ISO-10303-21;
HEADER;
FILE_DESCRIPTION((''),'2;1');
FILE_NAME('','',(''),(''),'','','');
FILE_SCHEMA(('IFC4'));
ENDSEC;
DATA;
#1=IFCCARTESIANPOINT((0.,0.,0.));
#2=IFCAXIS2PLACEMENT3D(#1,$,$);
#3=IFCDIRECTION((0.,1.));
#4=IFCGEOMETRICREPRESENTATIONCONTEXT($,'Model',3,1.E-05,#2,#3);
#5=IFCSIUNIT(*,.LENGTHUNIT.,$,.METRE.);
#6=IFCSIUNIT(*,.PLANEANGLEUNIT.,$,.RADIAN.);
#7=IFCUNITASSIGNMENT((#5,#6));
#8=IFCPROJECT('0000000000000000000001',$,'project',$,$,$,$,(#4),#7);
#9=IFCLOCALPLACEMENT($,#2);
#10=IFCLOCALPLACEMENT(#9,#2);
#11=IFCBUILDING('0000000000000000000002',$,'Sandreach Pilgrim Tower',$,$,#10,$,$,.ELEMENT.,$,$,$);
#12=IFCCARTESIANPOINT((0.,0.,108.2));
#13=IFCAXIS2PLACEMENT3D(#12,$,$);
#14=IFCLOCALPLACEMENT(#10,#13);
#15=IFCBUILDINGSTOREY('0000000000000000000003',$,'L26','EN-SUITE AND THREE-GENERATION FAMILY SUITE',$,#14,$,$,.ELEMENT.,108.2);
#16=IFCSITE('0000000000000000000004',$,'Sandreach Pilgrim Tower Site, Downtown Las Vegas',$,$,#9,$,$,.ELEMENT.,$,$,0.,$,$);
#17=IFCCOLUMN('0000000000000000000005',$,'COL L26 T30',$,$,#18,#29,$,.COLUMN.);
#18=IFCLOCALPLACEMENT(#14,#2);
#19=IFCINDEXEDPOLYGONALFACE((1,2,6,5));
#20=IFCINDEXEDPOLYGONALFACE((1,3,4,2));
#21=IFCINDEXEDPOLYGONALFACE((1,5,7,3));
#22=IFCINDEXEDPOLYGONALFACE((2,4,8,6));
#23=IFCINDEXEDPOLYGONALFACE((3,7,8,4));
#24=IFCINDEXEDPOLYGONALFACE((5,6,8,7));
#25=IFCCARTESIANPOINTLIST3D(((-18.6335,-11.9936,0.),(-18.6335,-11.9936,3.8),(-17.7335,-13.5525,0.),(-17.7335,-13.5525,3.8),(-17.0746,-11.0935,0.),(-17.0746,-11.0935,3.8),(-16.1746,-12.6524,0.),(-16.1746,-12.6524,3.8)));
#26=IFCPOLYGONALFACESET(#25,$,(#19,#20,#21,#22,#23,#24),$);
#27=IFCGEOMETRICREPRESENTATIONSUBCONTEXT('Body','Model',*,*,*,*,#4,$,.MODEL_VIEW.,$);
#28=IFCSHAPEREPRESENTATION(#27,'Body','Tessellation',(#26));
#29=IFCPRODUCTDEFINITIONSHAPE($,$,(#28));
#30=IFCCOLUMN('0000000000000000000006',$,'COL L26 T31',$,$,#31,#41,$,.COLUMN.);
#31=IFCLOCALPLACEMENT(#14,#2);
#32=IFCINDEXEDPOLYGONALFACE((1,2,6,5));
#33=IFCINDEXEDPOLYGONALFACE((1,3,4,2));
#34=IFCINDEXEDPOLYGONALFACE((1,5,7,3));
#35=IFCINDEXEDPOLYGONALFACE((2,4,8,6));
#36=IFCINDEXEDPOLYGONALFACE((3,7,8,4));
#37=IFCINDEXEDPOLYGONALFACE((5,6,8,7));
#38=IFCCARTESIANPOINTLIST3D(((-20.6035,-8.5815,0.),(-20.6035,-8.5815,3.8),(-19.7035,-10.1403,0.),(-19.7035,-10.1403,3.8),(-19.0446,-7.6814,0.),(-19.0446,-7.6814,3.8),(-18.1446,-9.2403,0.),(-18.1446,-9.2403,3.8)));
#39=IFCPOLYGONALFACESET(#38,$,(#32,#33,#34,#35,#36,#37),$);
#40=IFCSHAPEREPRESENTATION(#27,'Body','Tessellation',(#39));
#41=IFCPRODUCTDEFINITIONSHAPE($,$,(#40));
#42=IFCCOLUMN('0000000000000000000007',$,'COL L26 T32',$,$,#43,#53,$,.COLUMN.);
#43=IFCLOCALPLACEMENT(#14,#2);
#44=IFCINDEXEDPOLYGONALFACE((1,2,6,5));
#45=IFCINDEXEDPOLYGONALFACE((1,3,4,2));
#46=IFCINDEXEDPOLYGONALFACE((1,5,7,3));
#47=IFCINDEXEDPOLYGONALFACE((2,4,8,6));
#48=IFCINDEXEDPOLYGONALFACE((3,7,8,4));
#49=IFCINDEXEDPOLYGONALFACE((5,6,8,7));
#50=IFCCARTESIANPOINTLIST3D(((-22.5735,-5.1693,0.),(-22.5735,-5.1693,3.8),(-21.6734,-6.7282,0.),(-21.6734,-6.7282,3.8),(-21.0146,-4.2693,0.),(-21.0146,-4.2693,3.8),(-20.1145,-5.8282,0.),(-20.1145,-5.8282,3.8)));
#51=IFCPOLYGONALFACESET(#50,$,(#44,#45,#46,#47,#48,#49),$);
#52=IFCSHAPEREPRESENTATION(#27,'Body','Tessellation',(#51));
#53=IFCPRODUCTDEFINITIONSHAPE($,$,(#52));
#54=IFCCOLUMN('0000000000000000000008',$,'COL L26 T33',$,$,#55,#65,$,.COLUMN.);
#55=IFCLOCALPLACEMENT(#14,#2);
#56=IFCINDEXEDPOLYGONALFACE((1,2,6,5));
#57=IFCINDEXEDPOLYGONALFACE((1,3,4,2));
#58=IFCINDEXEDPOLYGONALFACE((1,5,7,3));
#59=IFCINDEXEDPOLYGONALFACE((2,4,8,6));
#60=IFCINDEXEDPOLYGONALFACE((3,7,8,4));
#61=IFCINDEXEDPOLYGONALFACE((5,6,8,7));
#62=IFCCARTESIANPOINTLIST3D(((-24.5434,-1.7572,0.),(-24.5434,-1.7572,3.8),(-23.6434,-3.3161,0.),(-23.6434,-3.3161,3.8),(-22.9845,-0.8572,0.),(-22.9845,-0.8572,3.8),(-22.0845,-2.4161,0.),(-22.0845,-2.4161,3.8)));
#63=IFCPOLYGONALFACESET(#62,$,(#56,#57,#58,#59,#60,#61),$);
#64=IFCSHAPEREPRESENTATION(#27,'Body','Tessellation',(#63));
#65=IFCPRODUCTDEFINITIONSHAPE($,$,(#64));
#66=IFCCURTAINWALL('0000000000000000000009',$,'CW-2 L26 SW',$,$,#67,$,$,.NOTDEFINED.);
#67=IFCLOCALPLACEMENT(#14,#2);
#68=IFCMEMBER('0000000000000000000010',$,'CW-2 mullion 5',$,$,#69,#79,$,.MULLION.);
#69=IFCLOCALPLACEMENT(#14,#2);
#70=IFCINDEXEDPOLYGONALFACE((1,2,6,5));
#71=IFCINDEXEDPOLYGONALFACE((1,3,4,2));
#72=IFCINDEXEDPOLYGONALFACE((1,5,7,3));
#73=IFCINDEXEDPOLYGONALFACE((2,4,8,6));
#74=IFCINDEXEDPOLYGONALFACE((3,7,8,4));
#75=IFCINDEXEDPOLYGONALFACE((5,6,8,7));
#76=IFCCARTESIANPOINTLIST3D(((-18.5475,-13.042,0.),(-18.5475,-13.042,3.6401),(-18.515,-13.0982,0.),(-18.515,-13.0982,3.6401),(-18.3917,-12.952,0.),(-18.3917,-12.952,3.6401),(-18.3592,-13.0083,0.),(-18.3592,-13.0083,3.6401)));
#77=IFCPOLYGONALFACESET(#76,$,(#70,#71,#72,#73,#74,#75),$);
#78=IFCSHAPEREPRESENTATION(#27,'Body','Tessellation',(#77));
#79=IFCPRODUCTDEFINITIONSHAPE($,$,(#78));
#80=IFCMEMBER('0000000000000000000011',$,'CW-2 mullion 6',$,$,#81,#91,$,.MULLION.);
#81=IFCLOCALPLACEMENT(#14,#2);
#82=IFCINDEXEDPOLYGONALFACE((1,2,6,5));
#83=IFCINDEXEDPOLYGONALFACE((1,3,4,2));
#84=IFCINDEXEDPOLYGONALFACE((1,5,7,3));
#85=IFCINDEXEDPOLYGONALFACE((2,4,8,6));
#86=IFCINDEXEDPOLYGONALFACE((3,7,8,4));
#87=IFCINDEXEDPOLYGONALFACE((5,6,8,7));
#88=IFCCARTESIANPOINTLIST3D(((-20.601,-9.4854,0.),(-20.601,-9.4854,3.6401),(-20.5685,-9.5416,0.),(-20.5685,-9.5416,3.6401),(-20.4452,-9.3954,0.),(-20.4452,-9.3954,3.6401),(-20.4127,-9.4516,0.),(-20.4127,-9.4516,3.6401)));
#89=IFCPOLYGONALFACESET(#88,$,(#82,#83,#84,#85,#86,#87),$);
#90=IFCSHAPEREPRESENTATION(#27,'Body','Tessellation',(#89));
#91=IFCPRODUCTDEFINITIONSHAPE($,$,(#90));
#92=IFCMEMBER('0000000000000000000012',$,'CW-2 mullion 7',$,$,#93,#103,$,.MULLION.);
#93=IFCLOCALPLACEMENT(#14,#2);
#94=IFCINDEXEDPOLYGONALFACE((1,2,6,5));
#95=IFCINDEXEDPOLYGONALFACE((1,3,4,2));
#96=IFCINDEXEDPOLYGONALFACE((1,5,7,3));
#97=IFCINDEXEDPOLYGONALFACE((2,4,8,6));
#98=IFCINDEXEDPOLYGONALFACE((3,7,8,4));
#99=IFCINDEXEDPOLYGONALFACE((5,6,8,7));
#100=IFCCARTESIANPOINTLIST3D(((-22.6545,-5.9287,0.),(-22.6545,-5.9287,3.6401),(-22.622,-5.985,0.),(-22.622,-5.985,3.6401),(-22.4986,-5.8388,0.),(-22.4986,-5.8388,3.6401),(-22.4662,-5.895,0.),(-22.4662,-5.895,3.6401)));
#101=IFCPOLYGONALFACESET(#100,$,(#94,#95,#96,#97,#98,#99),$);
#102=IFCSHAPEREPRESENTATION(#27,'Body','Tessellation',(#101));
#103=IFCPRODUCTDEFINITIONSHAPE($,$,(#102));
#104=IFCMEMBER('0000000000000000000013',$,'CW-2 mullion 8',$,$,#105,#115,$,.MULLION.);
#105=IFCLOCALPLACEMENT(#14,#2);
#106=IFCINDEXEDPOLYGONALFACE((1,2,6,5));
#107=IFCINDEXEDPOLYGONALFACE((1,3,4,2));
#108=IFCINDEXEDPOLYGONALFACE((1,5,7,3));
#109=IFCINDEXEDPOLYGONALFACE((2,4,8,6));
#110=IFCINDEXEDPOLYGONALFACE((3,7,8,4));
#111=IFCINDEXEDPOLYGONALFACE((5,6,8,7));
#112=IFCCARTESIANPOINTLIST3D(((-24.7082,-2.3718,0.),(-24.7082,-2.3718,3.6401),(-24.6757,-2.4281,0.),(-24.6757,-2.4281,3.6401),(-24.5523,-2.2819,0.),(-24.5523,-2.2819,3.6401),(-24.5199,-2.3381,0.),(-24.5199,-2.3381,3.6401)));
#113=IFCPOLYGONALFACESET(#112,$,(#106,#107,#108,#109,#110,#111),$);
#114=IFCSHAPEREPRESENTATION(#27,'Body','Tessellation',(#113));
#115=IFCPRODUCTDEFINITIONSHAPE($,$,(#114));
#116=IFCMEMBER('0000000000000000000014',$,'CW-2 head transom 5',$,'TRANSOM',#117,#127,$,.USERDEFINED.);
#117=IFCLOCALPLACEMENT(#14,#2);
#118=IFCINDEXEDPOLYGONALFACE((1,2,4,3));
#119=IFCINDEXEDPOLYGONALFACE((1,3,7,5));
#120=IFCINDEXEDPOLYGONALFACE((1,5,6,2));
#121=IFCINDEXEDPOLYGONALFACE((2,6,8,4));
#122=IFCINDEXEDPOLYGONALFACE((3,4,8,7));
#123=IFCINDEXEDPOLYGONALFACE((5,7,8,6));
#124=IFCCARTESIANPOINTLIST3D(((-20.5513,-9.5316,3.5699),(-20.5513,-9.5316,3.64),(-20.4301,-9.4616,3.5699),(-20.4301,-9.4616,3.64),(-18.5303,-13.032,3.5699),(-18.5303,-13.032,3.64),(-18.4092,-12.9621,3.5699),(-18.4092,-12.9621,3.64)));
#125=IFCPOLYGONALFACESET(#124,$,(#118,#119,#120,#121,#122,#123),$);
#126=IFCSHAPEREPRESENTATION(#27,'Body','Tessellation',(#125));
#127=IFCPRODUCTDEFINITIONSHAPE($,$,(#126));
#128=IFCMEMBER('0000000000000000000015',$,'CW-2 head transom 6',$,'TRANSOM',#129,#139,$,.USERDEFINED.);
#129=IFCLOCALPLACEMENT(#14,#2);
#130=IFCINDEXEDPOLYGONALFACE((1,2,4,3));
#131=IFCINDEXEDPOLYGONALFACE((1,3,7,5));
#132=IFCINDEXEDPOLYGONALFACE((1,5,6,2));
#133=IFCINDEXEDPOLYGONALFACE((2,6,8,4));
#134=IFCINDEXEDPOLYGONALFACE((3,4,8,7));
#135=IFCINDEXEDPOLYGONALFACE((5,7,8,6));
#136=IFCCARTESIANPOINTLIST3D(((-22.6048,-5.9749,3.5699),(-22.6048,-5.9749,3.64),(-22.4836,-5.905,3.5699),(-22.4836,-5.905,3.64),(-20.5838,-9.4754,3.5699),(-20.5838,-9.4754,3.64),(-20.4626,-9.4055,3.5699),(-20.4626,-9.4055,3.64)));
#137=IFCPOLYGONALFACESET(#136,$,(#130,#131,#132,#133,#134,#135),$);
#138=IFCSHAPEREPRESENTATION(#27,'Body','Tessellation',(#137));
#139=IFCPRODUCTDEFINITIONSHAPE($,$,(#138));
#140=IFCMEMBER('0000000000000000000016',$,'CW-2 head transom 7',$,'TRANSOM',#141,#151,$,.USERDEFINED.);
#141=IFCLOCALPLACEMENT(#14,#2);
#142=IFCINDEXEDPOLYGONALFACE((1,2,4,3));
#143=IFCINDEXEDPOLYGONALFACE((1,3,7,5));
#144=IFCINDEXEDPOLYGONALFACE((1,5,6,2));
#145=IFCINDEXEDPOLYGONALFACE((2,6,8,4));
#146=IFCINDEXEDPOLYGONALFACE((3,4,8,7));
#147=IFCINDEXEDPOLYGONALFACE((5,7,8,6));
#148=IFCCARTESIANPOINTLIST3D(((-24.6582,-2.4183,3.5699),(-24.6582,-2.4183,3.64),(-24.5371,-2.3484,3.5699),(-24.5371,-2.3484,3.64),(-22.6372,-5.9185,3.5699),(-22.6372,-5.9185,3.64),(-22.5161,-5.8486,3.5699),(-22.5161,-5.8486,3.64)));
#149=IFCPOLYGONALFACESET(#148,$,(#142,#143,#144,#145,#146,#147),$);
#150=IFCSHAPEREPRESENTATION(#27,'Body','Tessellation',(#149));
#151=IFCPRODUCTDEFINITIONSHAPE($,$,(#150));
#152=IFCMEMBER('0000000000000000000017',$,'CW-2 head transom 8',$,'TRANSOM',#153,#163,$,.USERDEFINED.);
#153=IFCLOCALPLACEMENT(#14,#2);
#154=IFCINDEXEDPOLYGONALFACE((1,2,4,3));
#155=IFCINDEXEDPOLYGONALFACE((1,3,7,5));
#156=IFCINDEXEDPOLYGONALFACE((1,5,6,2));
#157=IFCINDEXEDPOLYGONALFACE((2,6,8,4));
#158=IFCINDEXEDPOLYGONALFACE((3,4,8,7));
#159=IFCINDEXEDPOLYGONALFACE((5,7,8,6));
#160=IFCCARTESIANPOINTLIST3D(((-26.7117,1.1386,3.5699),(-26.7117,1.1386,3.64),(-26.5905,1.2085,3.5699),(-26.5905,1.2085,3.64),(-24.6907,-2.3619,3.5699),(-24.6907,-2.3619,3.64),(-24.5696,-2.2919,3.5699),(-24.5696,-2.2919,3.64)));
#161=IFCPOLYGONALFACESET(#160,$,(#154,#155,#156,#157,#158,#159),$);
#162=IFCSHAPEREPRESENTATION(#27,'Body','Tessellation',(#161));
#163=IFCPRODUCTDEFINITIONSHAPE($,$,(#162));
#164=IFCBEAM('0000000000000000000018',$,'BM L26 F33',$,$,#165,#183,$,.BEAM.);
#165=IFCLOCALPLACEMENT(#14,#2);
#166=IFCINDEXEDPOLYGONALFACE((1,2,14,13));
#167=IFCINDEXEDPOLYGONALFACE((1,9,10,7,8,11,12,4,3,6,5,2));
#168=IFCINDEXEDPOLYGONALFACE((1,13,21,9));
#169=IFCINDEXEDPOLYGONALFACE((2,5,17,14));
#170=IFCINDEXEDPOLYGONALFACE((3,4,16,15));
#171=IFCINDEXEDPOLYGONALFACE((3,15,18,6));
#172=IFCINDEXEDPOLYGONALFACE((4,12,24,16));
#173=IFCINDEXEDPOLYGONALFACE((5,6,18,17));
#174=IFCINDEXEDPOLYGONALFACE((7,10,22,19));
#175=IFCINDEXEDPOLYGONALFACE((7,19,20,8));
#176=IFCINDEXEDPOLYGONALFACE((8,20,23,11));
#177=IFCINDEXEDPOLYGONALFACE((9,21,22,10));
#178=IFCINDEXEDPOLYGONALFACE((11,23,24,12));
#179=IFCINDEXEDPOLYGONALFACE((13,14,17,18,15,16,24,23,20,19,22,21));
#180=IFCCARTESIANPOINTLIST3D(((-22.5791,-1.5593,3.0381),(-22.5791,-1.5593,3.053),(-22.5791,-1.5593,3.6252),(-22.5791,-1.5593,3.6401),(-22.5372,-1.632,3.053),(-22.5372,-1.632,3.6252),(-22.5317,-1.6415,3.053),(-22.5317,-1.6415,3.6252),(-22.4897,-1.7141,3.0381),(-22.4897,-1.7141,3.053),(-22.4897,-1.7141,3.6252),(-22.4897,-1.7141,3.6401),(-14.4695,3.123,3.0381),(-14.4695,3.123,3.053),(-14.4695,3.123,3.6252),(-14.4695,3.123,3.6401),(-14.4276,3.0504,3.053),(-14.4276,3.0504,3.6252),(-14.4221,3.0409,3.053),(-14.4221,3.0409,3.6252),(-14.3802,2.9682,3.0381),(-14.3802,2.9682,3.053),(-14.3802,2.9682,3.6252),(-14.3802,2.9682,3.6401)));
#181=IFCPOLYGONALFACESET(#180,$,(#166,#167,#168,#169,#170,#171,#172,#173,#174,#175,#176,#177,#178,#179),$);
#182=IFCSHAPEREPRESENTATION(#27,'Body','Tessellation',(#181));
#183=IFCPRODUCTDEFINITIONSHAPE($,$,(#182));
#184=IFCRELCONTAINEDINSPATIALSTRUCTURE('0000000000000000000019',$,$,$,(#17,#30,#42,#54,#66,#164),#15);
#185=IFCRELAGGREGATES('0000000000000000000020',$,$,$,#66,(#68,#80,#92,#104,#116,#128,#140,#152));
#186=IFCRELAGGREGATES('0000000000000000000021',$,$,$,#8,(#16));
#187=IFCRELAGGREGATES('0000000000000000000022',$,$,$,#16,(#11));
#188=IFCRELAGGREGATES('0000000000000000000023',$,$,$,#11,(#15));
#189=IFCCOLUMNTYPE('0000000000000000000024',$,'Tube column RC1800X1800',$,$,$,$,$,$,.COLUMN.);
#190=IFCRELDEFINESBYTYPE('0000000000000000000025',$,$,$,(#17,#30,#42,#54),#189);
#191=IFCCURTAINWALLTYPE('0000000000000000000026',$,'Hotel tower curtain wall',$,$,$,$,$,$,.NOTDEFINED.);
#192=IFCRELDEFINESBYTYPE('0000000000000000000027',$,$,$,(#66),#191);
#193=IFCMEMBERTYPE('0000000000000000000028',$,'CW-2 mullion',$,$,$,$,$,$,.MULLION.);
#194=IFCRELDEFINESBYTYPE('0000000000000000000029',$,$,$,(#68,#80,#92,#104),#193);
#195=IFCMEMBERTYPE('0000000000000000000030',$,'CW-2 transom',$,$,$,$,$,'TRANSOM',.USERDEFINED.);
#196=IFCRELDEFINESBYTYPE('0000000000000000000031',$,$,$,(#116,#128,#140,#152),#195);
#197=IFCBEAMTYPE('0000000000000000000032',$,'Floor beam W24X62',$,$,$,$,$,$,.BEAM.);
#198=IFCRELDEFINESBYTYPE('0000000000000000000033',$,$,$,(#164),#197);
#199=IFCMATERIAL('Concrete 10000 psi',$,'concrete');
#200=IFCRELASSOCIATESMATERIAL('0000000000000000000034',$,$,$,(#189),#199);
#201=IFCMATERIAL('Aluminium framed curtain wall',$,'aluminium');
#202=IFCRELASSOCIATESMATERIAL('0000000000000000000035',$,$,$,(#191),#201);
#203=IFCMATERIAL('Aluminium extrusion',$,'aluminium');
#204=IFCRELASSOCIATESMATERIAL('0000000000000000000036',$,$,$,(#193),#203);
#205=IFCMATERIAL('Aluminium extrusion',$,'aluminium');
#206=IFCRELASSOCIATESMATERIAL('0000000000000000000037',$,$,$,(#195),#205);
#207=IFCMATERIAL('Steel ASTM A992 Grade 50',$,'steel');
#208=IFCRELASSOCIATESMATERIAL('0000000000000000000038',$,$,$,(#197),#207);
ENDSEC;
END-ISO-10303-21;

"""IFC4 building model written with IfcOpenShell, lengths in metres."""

from ifc_helpers import new_model, si_unit, direction, frame, origin, origin_2d, place, context, subcontext, project, spatial, rectangle, i_section, extrude, material, material_profile, profile_set, type_object, element, aggregate, save


model = new_model("IFC4")

# Units and contexts
model_context = context("Model", 3, precision=1e-05, world=origin(), true_north=direction((0.0, 1.0)))
body_context = subcontext(model_context, "Body", "Model", "MODEL_VIEW")
ifc_project = project(units=[si_unit("LENGTHUNIT", "METRE"), si_unit("PLANEANGLEUNIT", "RADIAN")], contexts=[model_context])

# Site, building, storey
site_placement = place(None, origin())
site = spatial("IfcSite", under=ifc_project, at=site_placement, Name="Sandreach Pilgrim Tower Site, Downtown Las Vegas", CompositionType="ELEMENT", RefElevation=0.0)
building_placement = place(site_placement, origin())
building = spatial("IfcBuilding", under=site, at=building_placement, Name="Sandreach Pilgrim Tower", CompositionType="ELEMENT")
storey_placement = place(building_placement, frame((0.0, 0.0, 108.2)))
storey = spatial("IfcBuildingStorey", under=building, at=storey_placement, Name="L26", Description="EN-SUITE AND THREE-GENERATION FAMILY SUITE", CompositionType="ELEMENT", Elevation=108.2)

# Columns
ifc_material_1 = material(Name="Concrete 10000 psi", Category="concrete")
ifc_material_profile_1 = material_profile(ifc_material_1, rectangle(XDim=1.8, YDim=1.8, at=origin_2d()), Name="RC1800X1800")
ifc_profile_set_1 = profile_set([ifc_material_profile_1], Name="Concrete 10000 psi")
column_type = type_object("IfcColumnType", Name="Tube column RC1800X1800", PredefinedType="COLUMN", material=ifc_profile_set_1)
for number, where, z_axis, x_axis, name in (
    (1, (-17.4041, -12.323, 0.0), (0.0, 0.0, 1.0), (-0.866025, -0.5, 0.0), "COL L26 T30"),
    (2, (-19.374, -8.9109, 0.0), (0.0, 0.0, 1.0), (-0.866025, -0.5, 0.0), "COL L26 T31"),
    (3, (-21.344, -5.4988, 0.0), (0.0, 0.0, 1.0), (-0.866025, -0.5, 0.0), "COL L26 T32"),
    (4, (-23.314, -2.0867, 0.0), (0.0, 0.0, 1.0), (-0.866025, -0.5, 0.0), "COL L26 T33"),
):
    element("IfcColumn", number, at=place(storey_placement, frame(where, z_axis=z_axis, x_axis=x_axis)), inside=storey, type_object=column_type, Name=name, PredefinedType="COLUMN", context=body_context, shape_type="SweptSolid", body=[
        extrude(rectangle(XDim=1.8, YDim=1.8, at=origin_2d()), origin(), (0.0, 0.0, 1.0), 3.8),
    ])

# Curtain wall, members
ifc_material_2 = material(Name="Aluminium framed curtain wall", Category="aluminium")
curtain_wall_type = type_object("IfcCurtainWallType", Name="Hotel tower curtain wall", PredefinedType="NOTDEFINED", material=ifc_material_2)
curtain_wall_placement = place(storey_placement, origin())
curtain_wall = element("IfcCurtainWall", 5, at=curtain_wall_placement, inside=storey, type_object=curtain_wall_type, Name="CW-2 L26 SW", PredefinedType="NOTDEFINED")
ifc_material_3 = material(Name="Aluminium extrusion", Category="aluminium")
ifc_material_profile_2 = material_profile(ifc_material_3, rectangle(XDim=0.0649, YDim=0.1799, at=origin_2d()), Name="CW-2M 65X180")
ifc_profile_set_2 = profile_set([ifc_material_profile_2], Name="Aluminium extrusion")
member_type_1 = type_object("IfcMemberType", Name="CW-2 mullion", PredefinedType="MULLION", material=ifc_profile_set_2)
member_1_placement = place(storey_placement, frame((-18.4534, -13.0251, 0.0), z_axis=(0.0, 0.0, 1.0), x_axis=(-0.5, 0.866025, 0.0)))
member_1 = element("IfcMember", 6, at=member_1_placement, type_object=member_type_1, Name="CW-2 mullion 5", PredefinedType="MULLION", context=body_context, shape_type="SweptSolid", body=[
    extrude(rectangle(XDim=0.0649, YDim=0.1799, at=origin_2d()), origin(), (0.0, 0.0, 1.0), 3.6401),
])
member_2_placement = place(storey_placement, frame((-20.5068, -9.4685, 0.0), z_axis=(0.0, 0.0, 1.0), x_axis=(-0.5, 0.866025, 0.0)))
member_2 = element("IfcMember", 7, at=member_2_placement, type_object=member_type_1, Name="CW-2 mullion 6", PredefinedType="MULLION", context=body_context, shape_type="SweptSolid", body=[
    extrude(rectangle(XDim=0.0649, YDim=0.1799, at=origin_2d()), origin(), (0.0, 0.0, 1.0), 3.6401),
])
member_3_placement = place(storey_placement, frame((-22.5603, -5.9119, 0.0), z_axis=(0.0, 0.0, 1.0), x_axis=(-0.5, 0.866025, 0.0)))
member_3 = element("IfcMember", 8, at=member_3_placement, type_object=member_type_1, Name="CW-2 mullion 7", PredefinedType="MULLION", context=body_context, shape_type="SweptSolid", body=[
    extrude(rectangle(XDim=0.0649, YDim=0.1799, at=origin_2d()), origin(), (0.0, 0.0, 1.0), 3.6401),
])
member_4_placement = place(storey_placement, frame((-24.614, -2.355, 0.0), z_axis=(0.0, 0.0, 1.0), x_axis=(-0.5, 0.866025, 0.0)))
member_4 = element("IfcMember", 9, at=member_4_placement, type_object=member_type_1, Name="CW-2 mullion 8", PredefinedType="MULLION", context=body_context, shape_type="SweptSolid", body=[
    extrude(rectangle(XDim=0.0649, YDim=0.1799, at=origin_2d()), origin(), (0.0, 0.0, 1.0), 3.6401),
])
ifc_material_4 = material(Name="Aluminium extrusion", Category="aluminium")
ifc_material_profile_3 = material_profile(ifc_material_4, rectangle(XDim=0.1399, YDim=0.0701, at=origin_2d()), Name="CW-2T 140X70")
ifc_profile_set_3 = profile_set([ifc_material_profile_3], Name="Aluminium extrusion")
member_type_2 = type_object("IfcMemberType", Name="CW-2 transom", ElementType="TRANSOM", PredefinedType="USERDEFINED", material=ifc_profile_set_3)
member_5_placement = place(storey_placement, frame((-18.4697, -12.9971, 3.605), z_axis=(-0.499998, 0.866027, 0.0), x_axis=(-0.866027, -0.499998, 0.0)))
member_5 = element("IfcMember", 10, at=member_5_placement, type_object=member_type_2, Name="CW-2 head transom 5", ObjectType="TRANSOM", PredefinedType="USERDEFINED", context=body_context, shape_type="SweptSolid", body=[
    extrude(rectangle(XDim=0.1399, YDim=0.0701, at=origin_2d()), origin(), (0.0, 0.0, 1.0), 4.042),
])
member_6_placement = place(storey_placement, frame((-20.5232, -9.4404, 3.605), z_axis=(-0.499998, 0.866027, 0.0), x_axis=(-0.866027, -0.499998, 0.0)))
member_6 = element("IfcMember", 11, at=member_6_placement, type_object=member_type_2, Name="CW-2 head transom 6", ObjectType="TRANSOM", PredefinedType="USERDEFINED", context=body_context, shape_type="SweptSolid", body=[
    extrude(rectangle(XDim=0.1399, YDim=0.0701, at=origin_2d()), origin(), (0.0, 0.0, 1.0), 4.042),
])
member_7_placement = place(storey_placement, frame((-22.5767, -5.8835, 3.605), z_axis=(-0.500024, 0.866012, 0.0), x_axis=(-0.866012, -0.500024, 0.0)))
member_7 = element("IfcMember", 12, at=member_7_placement, type_object=member_type_2, Name="CW-2 head transom 7", ObjectType="TRANSOM", PredefinedType="USERDEFINED", context=body_context, shape_type="SweptSolid", body=[
    extrude(rectangle(XDim=0.1399, YDim=0.0701, at=origin_2d()), origin(), (0.0, 0.0, 1.0), 4.0417),
])
member_8_placement = place(storey_placement, frame((-24.6301, -2.3269, 3.605), z_axis=(-0.499998, 0.866027, 0.0), x_axis=(-0.866027, -0.499998, 0.0)))
member_8 = element("IfcMember", 13, at=member_8_placement, type_object=member_type_2, Name="CW-2 head transom 8", ObjectType="TRANSOM", PredefinedType="USERDEFINED", context=body_context, shape_type="SweptSolid", body=[
    extrude(rectangle(XDim=0.1399, YDim=0.0701, at=origin_2d()), origin(), (0.0, 0.0, 1.0), 4.042),
])

# Beam
ifc_material_5 = material(Name="Steel ASTM A992 Grade 50", Category="steel")
ifc_material_profile_4 = material_profile(ifc_material_5, i_section(OverallWidth=0.1787, OverallDepth=0.6021, WebThickness=0.011, FlangeThickness=0.0149, at=origin_2d()), Name="W24X62")
ifc_profile_set_4 = profile_set([ifc_material_profile_4], Name="Steel ASTM A992 Grade 50")
beam_type_1 = type_object("IfcBeamType", Name="Floor beam W24X62", PredefinedType="BEAM", material=ifc_profile_set_4)
beam_1_placement = place(storey_placement, frame((-22.5344, -1.6367, 3.3391), z_axis=(0.866012, 0.500023, 0.0), x_axis=(-0.500023, 0.866012, 0.0)))
element("IfcBeam", 14, at=beam_1_placement, inside=storey, type_object=beam_type_1, Name="BM L26 F33", PredefinedType="BEAM", context=body_context, shape_type="SweptSolid", body=[
    extrude(i_section(OverallWidth=0.1787, OverallDepth=0.6021, WebThickness=0.011, FlangeThickness=0.0149, at=origin_2d()), origin(), (0.0, 0.0, 1.0), 9.3643),
])

aggregate(curtain_wall, [member_1, member_2, member_3, member_4, member_5, member_6, member_7, member_8])

save(model, "model.ifc")
